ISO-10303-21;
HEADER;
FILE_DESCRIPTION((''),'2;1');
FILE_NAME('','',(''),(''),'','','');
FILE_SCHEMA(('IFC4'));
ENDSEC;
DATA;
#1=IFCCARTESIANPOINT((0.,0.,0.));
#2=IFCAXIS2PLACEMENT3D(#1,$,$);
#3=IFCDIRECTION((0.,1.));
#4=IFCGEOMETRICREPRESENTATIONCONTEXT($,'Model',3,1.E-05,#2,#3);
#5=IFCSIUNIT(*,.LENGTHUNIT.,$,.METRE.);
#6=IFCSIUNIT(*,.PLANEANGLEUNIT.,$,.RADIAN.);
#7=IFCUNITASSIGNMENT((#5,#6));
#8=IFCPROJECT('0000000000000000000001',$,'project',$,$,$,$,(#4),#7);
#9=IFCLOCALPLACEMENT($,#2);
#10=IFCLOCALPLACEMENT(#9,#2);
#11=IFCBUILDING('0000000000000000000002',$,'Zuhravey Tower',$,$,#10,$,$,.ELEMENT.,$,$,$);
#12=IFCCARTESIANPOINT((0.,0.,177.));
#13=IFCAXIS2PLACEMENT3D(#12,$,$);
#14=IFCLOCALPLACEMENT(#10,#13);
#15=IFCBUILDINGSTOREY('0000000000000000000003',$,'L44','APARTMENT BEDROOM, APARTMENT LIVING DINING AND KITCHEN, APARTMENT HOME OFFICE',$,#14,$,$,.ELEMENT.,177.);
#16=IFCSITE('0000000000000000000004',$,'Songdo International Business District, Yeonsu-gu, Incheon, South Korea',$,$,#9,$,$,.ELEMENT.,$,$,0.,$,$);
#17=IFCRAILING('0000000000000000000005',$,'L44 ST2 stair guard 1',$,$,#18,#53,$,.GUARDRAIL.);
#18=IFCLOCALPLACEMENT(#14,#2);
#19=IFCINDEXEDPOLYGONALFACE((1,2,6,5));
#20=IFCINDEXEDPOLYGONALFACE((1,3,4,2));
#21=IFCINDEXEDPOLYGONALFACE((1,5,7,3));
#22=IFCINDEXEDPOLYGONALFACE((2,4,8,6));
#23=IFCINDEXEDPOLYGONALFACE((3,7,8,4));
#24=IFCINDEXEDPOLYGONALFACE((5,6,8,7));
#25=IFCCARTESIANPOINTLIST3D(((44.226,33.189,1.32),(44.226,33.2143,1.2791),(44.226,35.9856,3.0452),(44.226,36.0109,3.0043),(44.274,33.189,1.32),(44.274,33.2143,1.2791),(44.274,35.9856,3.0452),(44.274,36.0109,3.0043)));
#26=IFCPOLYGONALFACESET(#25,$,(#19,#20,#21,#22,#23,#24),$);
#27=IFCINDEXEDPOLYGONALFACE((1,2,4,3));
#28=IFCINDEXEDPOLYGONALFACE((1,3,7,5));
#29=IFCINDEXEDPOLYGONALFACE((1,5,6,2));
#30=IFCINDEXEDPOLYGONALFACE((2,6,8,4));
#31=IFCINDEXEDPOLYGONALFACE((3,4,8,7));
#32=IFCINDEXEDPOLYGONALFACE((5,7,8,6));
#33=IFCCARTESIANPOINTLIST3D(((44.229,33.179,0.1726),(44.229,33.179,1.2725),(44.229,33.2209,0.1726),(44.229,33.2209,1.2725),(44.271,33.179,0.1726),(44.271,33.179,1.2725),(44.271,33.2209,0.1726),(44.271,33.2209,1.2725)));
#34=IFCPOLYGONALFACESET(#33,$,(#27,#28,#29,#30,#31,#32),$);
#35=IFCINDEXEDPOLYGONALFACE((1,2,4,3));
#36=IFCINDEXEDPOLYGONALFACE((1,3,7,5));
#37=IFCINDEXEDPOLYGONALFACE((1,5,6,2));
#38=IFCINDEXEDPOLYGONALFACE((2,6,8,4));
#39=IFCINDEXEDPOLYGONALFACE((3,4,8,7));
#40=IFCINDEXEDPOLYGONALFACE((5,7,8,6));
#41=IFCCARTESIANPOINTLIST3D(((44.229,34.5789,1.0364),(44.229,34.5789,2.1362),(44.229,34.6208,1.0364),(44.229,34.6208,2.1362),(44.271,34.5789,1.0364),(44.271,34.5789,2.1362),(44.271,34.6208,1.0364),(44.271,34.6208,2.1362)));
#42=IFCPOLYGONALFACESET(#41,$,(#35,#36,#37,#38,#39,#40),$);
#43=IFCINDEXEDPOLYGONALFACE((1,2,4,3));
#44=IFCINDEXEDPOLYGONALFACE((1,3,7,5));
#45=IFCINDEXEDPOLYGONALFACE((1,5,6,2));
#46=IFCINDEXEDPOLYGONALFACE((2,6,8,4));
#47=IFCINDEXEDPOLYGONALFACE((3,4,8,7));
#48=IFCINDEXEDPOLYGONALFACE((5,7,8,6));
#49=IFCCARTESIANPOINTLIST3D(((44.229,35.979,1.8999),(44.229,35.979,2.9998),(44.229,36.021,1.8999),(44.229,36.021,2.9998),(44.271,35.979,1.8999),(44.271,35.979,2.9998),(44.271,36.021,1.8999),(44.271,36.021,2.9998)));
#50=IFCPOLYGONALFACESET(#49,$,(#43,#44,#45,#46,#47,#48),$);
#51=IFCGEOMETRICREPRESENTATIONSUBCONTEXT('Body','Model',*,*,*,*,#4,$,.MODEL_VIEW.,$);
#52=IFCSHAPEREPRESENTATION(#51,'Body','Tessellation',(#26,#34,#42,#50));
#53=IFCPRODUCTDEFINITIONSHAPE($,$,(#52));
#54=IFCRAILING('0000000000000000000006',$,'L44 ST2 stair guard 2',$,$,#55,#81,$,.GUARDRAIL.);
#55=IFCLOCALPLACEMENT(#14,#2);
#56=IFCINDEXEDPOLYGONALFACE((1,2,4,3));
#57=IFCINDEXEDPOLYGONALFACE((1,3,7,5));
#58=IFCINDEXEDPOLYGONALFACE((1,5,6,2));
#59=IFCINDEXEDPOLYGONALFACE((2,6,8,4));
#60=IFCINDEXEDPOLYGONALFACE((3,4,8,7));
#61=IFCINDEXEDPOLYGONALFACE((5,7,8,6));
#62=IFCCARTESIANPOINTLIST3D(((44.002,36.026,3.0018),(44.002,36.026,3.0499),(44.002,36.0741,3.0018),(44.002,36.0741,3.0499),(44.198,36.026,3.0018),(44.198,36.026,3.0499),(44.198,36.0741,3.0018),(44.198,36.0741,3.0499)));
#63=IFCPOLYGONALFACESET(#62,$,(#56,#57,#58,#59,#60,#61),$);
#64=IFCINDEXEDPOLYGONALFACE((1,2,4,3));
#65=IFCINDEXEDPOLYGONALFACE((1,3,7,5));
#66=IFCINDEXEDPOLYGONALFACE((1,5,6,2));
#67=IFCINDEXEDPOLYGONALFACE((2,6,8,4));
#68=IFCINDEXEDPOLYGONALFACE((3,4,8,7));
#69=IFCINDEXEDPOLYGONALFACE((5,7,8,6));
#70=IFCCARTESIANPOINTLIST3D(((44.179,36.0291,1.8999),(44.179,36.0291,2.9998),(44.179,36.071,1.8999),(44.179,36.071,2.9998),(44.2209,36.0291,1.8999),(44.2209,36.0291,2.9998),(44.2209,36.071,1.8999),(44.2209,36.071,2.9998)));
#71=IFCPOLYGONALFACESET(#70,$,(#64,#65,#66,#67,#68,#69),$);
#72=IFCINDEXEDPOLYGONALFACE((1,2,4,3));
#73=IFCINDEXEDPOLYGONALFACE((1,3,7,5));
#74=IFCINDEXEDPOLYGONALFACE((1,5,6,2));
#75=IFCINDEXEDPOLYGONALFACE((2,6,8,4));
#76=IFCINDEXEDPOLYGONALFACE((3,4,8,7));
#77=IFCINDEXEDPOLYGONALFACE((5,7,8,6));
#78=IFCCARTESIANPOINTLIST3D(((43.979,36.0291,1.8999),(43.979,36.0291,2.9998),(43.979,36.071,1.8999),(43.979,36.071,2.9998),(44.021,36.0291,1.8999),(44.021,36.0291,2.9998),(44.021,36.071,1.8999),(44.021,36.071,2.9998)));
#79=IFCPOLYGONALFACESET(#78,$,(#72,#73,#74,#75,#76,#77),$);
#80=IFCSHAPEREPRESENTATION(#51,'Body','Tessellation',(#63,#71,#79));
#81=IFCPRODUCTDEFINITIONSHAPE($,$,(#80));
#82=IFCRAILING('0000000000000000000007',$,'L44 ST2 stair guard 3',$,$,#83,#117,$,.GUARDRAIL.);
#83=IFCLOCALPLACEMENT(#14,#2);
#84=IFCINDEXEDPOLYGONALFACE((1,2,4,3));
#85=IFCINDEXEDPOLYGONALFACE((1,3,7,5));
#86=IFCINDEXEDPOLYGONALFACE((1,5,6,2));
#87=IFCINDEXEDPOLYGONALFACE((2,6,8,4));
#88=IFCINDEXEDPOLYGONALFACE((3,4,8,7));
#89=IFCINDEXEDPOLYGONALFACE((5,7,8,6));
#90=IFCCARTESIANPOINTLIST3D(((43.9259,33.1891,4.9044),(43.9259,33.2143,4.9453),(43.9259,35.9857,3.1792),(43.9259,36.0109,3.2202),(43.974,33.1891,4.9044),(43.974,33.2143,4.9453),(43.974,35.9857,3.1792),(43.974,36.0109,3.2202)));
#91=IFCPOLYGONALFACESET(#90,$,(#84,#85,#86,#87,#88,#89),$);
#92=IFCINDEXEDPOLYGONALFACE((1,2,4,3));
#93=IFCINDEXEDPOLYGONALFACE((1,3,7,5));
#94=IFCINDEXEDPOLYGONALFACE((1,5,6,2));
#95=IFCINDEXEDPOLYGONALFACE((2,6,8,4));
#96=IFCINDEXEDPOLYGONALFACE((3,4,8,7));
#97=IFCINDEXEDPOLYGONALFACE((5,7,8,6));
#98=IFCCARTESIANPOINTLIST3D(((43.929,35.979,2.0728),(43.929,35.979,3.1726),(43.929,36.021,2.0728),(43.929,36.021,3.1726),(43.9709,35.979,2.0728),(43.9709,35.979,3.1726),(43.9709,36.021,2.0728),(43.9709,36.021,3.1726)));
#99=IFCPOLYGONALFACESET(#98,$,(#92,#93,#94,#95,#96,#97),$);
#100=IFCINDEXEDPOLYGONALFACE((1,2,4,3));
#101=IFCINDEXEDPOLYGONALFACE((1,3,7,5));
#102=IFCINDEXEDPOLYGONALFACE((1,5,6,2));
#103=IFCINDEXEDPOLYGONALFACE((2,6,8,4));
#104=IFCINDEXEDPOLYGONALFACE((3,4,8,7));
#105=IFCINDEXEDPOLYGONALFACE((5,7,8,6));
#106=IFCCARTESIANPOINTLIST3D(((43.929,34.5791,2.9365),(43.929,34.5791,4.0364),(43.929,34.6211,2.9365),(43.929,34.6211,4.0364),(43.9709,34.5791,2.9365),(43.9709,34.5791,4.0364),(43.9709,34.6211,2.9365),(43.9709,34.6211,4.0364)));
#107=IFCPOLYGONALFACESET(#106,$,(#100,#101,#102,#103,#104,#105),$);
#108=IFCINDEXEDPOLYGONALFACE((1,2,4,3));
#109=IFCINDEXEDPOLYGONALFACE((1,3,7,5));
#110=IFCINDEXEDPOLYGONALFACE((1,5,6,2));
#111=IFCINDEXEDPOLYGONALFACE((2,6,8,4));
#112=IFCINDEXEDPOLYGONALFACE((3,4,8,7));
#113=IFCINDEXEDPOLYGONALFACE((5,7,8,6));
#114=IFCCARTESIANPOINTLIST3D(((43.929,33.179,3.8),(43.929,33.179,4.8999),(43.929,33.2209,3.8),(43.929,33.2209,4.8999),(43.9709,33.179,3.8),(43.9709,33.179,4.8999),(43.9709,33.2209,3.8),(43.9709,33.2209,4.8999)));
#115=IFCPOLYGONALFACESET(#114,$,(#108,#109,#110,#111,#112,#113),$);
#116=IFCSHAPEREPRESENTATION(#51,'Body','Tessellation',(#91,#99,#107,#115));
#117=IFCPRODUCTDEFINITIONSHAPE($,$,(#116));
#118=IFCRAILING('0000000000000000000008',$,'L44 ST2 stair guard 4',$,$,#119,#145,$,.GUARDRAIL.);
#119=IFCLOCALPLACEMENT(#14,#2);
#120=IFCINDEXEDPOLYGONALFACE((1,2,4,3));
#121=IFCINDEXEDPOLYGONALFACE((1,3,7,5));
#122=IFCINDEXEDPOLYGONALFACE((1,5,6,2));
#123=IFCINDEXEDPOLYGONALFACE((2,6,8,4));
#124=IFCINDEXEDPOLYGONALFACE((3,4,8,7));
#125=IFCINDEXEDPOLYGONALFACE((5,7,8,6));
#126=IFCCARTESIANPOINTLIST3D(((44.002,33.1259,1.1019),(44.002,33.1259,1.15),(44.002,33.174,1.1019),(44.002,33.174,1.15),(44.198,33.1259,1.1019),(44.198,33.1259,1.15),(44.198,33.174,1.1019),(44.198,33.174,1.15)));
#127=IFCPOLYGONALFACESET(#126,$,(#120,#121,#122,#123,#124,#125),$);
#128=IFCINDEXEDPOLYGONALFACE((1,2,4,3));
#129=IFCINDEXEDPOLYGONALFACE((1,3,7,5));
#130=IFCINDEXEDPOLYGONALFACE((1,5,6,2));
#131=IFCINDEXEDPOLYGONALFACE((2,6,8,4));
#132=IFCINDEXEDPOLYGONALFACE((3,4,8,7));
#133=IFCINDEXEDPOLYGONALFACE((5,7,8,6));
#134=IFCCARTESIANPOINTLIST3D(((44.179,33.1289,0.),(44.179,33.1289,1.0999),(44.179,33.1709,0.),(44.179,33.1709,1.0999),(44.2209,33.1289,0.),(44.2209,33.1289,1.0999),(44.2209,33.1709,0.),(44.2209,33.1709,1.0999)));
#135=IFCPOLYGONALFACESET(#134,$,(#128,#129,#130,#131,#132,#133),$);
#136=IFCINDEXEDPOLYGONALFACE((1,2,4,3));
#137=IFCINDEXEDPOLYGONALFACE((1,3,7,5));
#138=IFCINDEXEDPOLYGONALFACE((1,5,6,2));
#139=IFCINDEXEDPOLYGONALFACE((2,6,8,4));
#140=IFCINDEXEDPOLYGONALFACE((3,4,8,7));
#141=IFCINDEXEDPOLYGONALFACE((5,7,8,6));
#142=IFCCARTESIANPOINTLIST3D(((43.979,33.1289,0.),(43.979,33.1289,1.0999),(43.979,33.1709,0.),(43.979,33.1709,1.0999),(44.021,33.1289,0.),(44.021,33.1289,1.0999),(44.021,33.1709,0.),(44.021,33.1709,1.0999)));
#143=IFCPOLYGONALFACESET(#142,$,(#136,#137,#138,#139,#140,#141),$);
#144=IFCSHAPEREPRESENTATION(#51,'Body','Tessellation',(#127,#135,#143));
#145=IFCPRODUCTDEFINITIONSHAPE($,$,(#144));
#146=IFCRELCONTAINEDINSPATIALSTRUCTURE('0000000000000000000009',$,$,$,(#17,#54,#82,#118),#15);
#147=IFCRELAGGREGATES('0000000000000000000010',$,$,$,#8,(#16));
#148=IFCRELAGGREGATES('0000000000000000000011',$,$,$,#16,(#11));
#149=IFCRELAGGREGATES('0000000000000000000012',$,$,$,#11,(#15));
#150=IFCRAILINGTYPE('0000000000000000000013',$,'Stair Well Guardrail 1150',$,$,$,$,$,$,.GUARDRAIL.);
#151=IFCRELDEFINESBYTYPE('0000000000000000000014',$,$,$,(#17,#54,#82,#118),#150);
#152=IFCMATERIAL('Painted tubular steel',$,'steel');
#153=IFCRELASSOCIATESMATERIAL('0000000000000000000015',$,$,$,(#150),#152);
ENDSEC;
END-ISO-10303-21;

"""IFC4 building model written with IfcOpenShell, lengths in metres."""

from ifc_helpers import new_model, si_unit, direction, frame, origin, origin_2d, place, context, subcontext, project, spatial, rectangle, extrude, material, type_object, element, save


model = new_model("IFC4")

# Units and contexts
model_context = context("Model", 3, precision=1e-05, world=origin(), true_north=direction((0.0, 1.0)))
body_context = subcontext(model_context, "Body", "Model", "MODEL_VIEW")
ifc_project = project(units=[si_unit("LENGTHUNIT", "METRE"), si_unit("PLANEANGLEUNIT", "RADIAN")], contexts=[model_context])

# Site, building, storey
site_placement = place(None, origin())
site = spatial("IfcSite", under=ifc_project, at=site_placement, Name="Songdo International Business District, Yeonsu-gu, Incheon, South Korea", CompositionType="ELEMENT", RefElevation=0.0)
building_placement = place(site_placement, origin())
building = spatial("IfcBuilding", under=site, at=building_placement, Name="Zuhravey Tower", CompositionType="ELEMENT")
storey_placement = place(building_placement, frame((0.0, 0.0, 177.0)))
storey = spatial("IfcBuildingStorey", under=building, at=storey_placement, Name="L44", Description="APARTMENT BEDROOM, APARTMENT LIVING DINING AND KITCHEN, APARTMENT HOME OFFICE", CompositionType="ELEMENT", Elevation=177.0)

# Railings
ifc_material_1 = material(Name="Painted tubular steel", Category="steel")
railing_type_1 = type_object("IfcRailingType", Name="Stair Well Guardrail 1150", PredefinedType="GUARDRAIL", material=ifc_material_1)
railing_1_placement = place(storey_placement, frame((44.25, 33.2, 0.1726)))
element("IfcRailing", 1, at=railing_1_placement, inside=storey, type_object=railing_type_1, Name="L44 ST2 stair guard 1", PredefinedType="GUARDRAIL", context=body_context, shape_type="SweptSolid", body=[
    extrude(rectangle(XDim=0.0481, YDim=0.0481, at=origin_2d()), frame((0.0, 0.0017, 1.127), z_axis=(0.0, 0.85109, 0.52502), x_axis=(-1.0, 0.0, 0.0)), (0.0, 0.0, 1.0), 3.2859),
    extrude(rectangle(XDim=0.042, YDim=0.042, at=origin_2d()), origin(), (0.0, 0.0, 1.0), 1.0999),
    extrude(rectangle(XDim=0.042, YDim=0.042, at=origin_2d()), frame((0.0, 1.3999, 0.8638)), (0.0, 0.0, 1.0), 1.0999),
    extrude(rectangle(XDim=0.042, YDim=0.042, at=origin_2d()), frame((0.0, 2.8, 1.7273)), (0.0, 0.0, 1.0), 1.0999),
])
railing_2_placement = place(storey_placement, frame((44.2, 36.05, 1.8999)))
element("IfcRailing", 2, at=railing_2_placement, inside=storey, type_object=railing_type_1, Name="L44 ST2 stair guard 2", PredefinedType="GUARDRAIL", context=body_context, shape_type="SweptSolid", body=[
    extrude(rectangle(XDim=0.0481, YDim=0.0481, at=origin_2d()), frame((-0.002, 0.0, 1.126), z_axis=(-1.0, 0.0, 0.0), x_axis=(0.0, -1.0, 0.0)), (0.0, 0.0, 1.0), 0.196),
    extrude(rectangle(XDim=0.042, YDim=0.042, at=origin_2d()), origin(), (0.0, 0.0, 1.0), 1.0999),
    extrude(rectangle(XDim=0.042, YDim=0.042, at=origin_2d()), frame((-0.2, 0.0, 0.0)), (0.0, 0.0, 1.0), 1.0999),
])
railing_3_placement = place(storey_placement, frame((43.95, 36.0, 2.0728)))
element("IfcRailing", 3, at=railing_3_placement, inside=storey, type_object=railing_type_1, Name="L44 ST2 stair guard 3", PredefinedType="GUARDRAIL", context=body_context, shape_type="SweptSolid", body=[
    extrude(rectangle(XDim=0.0481, YDim=0.0481, at=origin_2d()), frame((0.0, -0.0017, 1.127), z_axis=(0.0, -0.85109, 0.52502), x_axis=(1.0, 0.0, 0.0)), (0.0, 0.0, 1.0), 3.2859),
    extrude(rectangle(XDim=0.042, YDim=0.042, at=origin_2d()), origin(), (0.0, 0.0, 1.0), 1.0999),
    extrude(rectangle(XDim=0.042, YDim=0.042, at=origin_2d()), frame((0.0, -1.3999, 0.8638)), (0.0, 0.0, 1.0), 1.0999),
    extrude(rectangle(XDim=0.042, YDim=0.042, at=origin_2d()), frame((0.0, -2.8, 1.7273)), (0.0, 0.0, 1.0), 1.0999),
])
railing_4_placement = place(storey_placement, frame((44.2, 33.1499, 0.0)))
element("IfcRailing", 4, at=railing_4_placement, inside=storey, type_object=railing_type_1, Name="L44 ST2 stair guard 4", PredefinedType="GUARDRAIL", context=body_context, shape_type="SweptSolid", body=[
    extrude(rectangle(XDim=0.0481, YDim=0.0481, at=origin_2d()), frame((-0.002, 0.0, 1.126), z_axis=(-1.0, 0.0, 0.0), x_axis=(0.0, -1.0, 0.0)), (0.0, 0.0, 1.0), 0.196),
    extrude(rectangle(XDim=0.042, YDim=0.042, at=origin_2d()), origin(), (0.0, 0.0, 1.0), 1.0999),
    extrude(rectangle(XDim=0.042, YDim=0.042, at=origin_2d()), frame((-0.2, 0.0, 0.0)), (0.0, 0.0, 1.0), 1.0999),
])

save(model, "model.ifc")
